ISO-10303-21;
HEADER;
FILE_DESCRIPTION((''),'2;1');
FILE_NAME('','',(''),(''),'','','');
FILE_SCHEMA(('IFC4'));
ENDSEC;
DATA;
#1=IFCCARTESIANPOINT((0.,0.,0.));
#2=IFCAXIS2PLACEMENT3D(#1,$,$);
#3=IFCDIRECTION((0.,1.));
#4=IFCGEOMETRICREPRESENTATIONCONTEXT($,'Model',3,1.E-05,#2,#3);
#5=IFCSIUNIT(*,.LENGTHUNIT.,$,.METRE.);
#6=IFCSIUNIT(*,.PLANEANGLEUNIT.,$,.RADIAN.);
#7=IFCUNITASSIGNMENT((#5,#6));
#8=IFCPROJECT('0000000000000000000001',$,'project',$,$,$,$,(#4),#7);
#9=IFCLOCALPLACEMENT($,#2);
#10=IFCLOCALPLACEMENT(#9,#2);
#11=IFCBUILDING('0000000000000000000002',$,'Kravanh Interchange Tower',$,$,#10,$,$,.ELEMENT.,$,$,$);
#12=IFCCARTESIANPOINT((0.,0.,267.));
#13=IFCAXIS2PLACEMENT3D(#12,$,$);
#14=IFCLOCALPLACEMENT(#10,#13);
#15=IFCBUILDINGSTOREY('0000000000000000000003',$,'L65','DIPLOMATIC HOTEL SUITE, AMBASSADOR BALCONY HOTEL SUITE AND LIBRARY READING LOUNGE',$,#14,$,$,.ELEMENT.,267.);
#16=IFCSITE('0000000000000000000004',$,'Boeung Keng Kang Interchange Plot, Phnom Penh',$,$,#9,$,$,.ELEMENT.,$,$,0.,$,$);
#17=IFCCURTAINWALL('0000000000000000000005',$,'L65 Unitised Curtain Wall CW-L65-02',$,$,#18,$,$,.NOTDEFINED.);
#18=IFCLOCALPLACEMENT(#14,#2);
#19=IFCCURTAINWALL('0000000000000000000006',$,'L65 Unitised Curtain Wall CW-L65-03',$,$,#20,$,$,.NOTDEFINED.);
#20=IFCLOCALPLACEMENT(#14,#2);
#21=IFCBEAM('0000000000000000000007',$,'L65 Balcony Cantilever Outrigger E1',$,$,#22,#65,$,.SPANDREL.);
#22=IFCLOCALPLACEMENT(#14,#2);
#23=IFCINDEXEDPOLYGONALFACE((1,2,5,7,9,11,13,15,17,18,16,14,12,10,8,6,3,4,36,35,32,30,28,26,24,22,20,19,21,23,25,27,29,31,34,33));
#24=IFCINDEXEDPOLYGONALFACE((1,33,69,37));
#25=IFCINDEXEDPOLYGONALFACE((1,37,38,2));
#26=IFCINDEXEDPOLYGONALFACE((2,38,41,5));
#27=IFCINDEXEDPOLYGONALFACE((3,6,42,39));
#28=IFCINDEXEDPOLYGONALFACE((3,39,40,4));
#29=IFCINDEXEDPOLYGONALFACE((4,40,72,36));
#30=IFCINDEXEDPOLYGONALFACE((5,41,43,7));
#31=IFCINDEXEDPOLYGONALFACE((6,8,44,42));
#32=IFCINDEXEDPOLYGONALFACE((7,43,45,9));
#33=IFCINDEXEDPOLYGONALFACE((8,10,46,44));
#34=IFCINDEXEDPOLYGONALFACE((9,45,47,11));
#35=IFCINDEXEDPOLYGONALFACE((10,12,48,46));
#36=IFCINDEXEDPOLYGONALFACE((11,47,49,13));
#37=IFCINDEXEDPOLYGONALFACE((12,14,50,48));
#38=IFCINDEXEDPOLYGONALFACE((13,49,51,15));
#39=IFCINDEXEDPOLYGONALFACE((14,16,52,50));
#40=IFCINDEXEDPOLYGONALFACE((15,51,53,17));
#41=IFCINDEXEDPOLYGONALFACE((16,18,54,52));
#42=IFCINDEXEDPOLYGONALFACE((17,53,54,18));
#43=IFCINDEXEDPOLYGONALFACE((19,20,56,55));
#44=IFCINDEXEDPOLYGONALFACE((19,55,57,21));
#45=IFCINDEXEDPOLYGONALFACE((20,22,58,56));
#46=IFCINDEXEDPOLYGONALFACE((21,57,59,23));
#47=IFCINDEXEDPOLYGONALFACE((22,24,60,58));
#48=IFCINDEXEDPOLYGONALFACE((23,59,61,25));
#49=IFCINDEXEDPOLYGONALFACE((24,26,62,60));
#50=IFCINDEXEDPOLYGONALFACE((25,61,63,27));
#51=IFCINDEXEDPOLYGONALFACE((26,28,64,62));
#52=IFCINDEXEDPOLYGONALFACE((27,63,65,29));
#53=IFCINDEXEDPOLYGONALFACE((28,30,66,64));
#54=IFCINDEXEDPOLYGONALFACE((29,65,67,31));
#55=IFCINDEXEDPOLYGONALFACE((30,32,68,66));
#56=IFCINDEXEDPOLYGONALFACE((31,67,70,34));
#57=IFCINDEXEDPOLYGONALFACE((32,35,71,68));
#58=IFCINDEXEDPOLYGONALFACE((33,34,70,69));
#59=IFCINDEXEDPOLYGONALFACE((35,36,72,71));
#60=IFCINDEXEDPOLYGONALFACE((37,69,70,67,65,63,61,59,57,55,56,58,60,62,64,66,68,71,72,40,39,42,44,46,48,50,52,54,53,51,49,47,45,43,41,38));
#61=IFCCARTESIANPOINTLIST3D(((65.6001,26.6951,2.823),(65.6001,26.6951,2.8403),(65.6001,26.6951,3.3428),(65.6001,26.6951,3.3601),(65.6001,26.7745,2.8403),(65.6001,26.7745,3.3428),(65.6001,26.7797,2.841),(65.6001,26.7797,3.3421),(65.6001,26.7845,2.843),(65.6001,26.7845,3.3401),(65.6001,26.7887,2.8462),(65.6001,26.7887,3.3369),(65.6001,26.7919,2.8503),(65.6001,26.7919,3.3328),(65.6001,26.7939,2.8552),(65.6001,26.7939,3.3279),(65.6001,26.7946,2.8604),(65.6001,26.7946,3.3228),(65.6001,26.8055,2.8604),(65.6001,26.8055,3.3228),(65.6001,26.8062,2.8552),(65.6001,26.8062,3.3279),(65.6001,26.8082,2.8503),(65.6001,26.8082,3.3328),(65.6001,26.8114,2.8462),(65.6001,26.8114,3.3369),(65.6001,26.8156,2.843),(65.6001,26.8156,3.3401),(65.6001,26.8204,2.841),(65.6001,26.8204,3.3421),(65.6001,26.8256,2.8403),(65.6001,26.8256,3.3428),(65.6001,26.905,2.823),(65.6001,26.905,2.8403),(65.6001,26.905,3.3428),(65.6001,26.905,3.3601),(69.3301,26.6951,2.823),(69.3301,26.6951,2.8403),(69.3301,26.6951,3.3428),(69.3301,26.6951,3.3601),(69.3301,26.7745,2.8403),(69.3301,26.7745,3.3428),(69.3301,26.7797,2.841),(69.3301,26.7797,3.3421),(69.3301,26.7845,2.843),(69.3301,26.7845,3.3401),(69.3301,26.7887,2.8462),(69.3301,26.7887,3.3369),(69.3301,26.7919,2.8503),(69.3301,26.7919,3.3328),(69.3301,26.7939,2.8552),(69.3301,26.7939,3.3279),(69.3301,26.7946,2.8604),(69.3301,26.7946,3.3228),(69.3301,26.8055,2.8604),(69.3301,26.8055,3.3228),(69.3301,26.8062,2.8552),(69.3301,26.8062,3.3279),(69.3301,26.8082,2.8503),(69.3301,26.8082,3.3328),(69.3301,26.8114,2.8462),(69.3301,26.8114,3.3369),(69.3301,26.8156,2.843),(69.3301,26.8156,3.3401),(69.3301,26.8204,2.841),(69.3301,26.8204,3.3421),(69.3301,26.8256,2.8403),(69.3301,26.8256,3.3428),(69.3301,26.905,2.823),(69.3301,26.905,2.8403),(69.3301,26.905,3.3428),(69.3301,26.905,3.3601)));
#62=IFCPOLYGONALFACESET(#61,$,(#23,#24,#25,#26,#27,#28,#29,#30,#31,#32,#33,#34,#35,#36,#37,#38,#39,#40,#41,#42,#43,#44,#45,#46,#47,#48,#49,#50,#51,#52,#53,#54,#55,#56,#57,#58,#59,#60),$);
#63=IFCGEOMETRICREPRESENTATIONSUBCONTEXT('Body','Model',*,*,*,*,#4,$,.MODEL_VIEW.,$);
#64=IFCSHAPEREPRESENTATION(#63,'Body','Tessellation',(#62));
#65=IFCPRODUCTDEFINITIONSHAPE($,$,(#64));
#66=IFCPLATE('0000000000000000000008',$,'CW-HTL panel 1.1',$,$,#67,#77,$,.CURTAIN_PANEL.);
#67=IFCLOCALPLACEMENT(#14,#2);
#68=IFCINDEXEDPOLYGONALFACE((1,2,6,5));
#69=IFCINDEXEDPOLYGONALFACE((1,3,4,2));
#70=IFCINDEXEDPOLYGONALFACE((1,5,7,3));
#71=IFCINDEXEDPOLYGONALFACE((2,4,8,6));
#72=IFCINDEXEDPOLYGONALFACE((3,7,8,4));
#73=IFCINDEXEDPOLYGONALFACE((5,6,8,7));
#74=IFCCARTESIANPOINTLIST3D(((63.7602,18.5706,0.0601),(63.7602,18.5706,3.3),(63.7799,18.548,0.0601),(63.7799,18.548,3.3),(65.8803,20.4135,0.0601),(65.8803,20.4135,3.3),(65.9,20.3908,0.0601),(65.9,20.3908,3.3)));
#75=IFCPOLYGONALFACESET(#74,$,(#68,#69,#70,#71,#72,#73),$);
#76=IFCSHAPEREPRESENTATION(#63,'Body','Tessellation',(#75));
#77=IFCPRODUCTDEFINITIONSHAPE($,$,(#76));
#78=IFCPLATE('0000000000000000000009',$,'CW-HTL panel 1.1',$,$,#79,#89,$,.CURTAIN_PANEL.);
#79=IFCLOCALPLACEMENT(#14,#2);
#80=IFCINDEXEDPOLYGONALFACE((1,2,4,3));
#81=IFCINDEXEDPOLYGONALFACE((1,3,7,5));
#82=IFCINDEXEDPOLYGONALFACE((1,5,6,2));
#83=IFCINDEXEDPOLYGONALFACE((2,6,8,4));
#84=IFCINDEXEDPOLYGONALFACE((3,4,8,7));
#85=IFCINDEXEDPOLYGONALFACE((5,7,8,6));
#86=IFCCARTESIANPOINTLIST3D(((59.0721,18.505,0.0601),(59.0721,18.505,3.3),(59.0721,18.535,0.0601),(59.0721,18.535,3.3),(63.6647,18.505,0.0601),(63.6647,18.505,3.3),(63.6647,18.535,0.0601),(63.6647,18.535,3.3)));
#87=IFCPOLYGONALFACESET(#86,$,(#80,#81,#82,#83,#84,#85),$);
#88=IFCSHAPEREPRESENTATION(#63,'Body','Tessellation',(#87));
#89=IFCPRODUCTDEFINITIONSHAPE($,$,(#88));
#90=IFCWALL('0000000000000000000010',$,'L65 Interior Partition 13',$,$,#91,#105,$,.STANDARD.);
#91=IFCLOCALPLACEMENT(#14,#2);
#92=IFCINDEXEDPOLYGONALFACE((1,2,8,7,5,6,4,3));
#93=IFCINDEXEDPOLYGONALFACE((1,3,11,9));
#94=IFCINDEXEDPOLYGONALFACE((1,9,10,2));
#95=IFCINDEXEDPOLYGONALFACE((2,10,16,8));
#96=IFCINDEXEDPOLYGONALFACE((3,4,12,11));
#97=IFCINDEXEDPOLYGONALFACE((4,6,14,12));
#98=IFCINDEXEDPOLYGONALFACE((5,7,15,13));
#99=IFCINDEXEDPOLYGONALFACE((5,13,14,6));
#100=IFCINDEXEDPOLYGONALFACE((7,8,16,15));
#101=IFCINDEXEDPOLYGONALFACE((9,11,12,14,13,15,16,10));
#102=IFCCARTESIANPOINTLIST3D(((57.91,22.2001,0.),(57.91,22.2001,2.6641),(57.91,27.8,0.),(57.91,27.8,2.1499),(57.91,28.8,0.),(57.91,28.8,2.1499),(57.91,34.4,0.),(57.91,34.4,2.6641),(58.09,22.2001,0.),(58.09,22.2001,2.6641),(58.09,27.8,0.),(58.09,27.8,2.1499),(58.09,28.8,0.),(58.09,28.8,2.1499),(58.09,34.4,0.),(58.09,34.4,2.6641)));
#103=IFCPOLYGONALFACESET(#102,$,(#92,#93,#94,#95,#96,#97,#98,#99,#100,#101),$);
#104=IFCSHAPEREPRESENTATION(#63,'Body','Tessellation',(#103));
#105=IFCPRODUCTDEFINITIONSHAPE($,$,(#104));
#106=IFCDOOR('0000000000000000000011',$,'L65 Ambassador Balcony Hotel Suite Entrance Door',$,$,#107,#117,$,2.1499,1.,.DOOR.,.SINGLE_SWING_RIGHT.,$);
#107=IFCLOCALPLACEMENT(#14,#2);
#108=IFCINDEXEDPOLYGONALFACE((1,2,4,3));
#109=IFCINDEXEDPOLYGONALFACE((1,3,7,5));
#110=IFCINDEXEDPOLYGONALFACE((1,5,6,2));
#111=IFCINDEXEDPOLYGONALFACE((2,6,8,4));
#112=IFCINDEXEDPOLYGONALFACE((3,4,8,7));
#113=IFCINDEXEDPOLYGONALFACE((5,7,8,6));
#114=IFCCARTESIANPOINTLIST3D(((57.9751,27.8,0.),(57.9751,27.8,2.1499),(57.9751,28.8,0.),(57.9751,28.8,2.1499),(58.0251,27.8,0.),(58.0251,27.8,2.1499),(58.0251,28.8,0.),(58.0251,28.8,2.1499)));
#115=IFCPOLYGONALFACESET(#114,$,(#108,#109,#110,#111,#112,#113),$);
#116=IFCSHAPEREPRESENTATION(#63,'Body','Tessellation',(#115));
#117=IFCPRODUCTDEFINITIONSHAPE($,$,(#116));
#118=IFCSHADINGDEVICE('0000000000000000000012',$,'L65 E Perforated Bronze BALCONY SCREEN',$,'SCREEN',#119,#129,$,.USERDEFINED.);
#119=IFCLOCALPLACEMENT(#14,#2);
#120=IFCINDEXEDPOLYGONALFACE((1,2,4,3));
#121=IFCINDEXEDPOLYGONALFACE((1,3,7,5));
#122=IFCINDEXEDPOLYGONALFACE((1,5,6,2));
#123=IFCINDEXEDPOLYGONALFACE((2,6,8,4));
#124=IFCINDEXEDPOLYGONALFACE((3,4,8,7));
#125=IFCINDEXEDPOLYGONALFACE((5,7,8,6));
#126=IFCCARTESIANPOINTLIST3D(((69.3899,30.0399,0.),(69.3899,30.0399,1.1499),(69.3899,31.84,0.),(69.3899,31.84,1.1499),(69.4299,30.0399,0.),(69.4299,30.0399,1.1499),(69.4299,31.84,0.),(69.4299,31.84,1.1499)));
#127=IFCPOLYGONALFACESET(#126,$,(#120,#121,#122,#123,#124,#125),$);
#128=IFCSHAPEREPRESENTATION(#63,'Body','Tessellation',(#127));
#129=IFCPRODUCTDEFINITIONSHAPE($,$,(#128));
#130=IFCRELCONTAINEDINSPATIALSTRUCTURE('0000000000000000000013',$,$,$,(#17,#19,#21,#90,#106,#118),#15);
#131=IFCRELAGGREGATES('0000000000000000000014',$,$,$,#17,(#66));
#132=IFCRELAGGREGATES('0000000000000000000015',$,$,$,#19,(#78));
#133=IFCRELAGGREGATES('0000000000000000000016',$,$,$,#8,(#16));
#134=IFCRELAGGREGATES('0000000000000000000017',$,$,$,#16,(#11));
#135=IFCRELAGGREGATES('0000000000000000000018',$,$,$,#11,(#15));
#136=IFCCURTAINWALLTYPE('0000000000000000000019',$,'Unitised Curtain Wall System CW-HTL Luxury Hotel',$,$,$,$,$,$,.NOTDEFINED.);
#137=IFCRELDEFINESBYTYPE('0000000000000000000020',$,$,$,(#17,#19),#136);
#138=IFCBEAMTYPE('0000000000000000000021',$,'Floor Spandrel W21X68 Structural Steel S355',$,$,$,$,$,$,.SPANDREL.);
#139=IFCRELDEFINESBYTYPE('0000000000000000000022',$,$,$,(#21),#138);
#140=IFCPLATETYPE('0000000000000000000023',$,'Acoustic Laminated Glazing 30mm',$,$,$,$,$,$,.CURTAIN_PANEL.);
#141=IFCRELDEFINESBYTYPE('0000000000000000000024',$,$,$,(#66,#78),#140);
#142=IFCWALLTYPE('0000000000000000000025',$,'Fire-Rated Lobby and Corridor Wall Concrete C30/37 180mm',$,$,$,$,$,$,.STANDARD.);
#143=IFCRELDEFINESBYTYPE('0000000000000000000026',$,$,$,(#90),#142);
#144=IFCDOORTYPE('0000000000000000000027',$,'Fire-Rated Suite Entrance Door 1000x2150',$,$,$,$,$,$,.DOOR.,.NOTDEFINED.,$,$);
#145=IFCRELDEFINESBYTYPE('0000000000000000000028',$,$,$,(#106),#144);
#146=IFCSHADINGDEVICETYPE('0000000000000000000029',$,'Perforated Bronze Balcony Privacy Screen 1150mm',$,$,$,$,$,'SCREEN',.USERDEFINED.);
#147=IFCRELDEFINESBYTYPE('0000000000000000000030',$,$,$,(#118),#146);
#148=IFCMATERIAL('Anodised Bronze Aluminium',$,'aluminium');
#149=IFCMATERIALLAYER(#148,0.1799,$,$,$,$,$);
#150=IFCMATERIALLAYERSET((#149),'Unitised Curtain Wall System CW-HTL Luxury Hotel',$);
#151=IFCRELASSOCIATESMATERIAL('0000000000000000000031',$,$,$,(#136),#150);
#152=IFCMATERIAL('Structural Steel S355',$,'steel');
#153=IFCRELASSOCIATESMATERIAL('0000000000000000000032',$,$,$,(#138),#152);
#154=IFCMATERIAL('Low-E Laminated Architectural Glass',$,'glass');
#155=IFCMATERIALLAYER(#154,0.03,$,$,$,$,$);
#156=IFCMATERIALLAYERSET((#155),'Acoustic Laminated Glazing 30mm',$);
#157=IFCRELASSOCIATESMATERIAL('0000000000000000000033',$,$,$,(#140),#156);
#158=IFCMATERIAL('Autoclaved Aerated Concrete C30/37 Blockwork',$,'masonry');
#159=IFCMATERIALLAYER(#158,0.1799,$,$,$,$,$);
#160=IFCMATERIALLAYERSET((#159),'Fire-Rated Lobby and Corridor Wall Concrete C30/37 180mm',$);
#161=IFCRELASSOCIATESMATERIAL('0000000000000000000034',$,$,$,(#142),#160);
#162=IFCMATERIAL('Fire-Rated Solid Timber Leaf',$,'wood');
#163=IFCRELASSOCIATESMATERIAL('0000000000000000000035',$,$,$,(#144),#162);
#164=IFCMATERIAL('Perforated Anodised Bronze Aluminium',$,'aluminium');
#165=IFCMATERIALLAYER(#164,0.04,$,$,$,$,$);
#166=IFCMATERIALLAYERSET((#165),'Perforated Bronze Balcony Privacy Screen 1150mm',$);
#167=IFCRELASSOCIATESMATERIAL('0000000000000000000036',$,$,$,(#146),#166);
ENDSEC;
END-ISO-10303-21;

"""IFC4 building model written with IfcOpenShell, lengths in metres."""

from ifc_helpers import new_model, si_unit, direction, frame, frame_2d, origin, origin_2d, place, context, subcontext, project, spatial, rectangle, i_section, extrude, material, layer, layer_set, material_profile, profile_set, type_object, element, fill, aggregate, save


model = new_model("IFC4")

# Units and contexts
model_context = context("Model", 3, precision=1e-05, world=origin(), true_north=direction((0.0, 1.0)))
body_context = subcontext(model_context, "Body", "Model", "MODEL_VIEW")
ifc_project = project(units=[si_unit("LENGTHUNIT", "METRE"), si_unit("PLANEANGLEUNIT", "RADIAN")], contexts=[model_context])

# Site, building, storey
site_placement = place(None, origin())
site = spatial("IfcSite", under=ifc_project, at=site_placement, Name="Boeung Keng Kang Interchange Plot, Phnom Penh", CompositionType="ELEMENT", RefElevation=0.0)
building_placement = place(site_placement, origin())
building = spatial("IfcBuilding", under=site, at=building_placement, Name="Kravanh Interchange Tower", CompositionType="ELEMENT")
storey_placement = place(building_placement, frame((0.0, 0.0, 267.0)))
storey = spatial("IfcBuildingStorey", under=building, at=storey_placement, Name="L65", Description="DIPLOMATIC HOTEL SUITE, AMBASSADOR BALCONY HOTEL SUITE AND LIBRARY READING LOUNGE", CompositionType="ELEMENT", Elevation=267.0)

# Curtain walls
ifc_material_1 = material(Name="Anodised Bronze Aluminium", Category="aluminium")
ifc_layer_1 = layer(ifc_material_1, 0.1799)
ifc_layer_set_1 = layer_set([ifc_layer_1], Name="Unitised Curtain Wall System CW-HTL Luxury Hotel")
curtain_wall_type = type_object("IfcCurtainWallType", Name="Unitised Curtain Wall System CW-HTL Luxury Hotel", PredefinedType="NOTDEFINED", material=ifc_layer_set_1)
curtain_wall_1_placement = place(storey_placement, origin())
curtain_wall_1 = element("IfcCurtainWall", 1, at=curtain_wall_1_placement, inside=storey, type_object=curtain_wall_type, Name="L65 Unitised Curtain Wall CW-L65-02", PredefinedType="NOTDEFINED")
curtain_wall_2_placement = place(storey_placement, origin())
curtain_wall_2 = element("IfcCurtainWall", 2, at=curtain_wall_2_placement, inside=storey, type_object=curtain_wall_type, Name="L65 Unitised Curtain Wall CW-L65-03", PredefinedType="NOTDEFINED")

# Beam
ifc_material_2 = material(Name="Structural Steel S355", Category="steel")
ifc_material_profile_1 = material_profile(ifc_material_2, i_section(OverallWidth=0.21, OverallDepth=0.5371, WebThickness=0.011, FlangeThickness=0.0173, FilletRadius=0.02, at=origin_2d()), Name="W21X68")
ifc_profile_set_1 = profile_set([ifc_material_profile_1], Name="Structural Steel S355")
beam_type_1 = type_object("IfcBeamType", Name="Floor Spandrel W21X68 Structural Steel S355", PredefinedType="SPANDREL", material=ifc_profile_set_1)
beam_1_placement = place(storey_placement, frame((65.6001, 26.8, 3.0916), z_axis=(1.0, 0.0, 0.0), x_axis=(0.0, 1.0, 0.0)))
element("IfcBeam", 3, at=beam_1_placement, inside=storey, type_object=beam_type_1, Name="L65 Balcony Cantilever Outrigger E1", PredefinedType="SPANDREL", context=body_context, shape_type="SweptSolid", body=[
    extrude(i_section(OverallWidth=0.21, OverallDepth=0.5371, WebThickness=0.011, FlangeThickness=0.0173, FilletRadius=0.02, at=origin_2d()), origin(), (0.0, 0.0, 1.0), 3.73),
])

# Plates
ifc_material_3 = material(Name="Low-E Laminated Architectural Glass", Category="glass")
ifc_layer_2 = layer(ifc_material_3, 0.03)
ifc_layer_set_2 = layer_set([ifc_layer_2], Name="Acoustic Laminated Glazing 30mm")
plate_type = type_object("IfcPlateType", Name="Acoustic Laminated Glazing 30mm", PredefinedType="CURTAIN_PANEL", material=ifc_layer_set_2)
plate_1_placement = place(storey_placement, frame((64.8301, 19.4807, 0.0601), z_axis=(0.0, 0.0, 1.0), x_axis=(-0.754732, -0.656033, 0.0)))
plate_1 = element("IfcPlate", 4, at=plate_1_placement, type_object=plate_type, Name="CW-HTL panel 1.1", PredefinedType="CURTAIN_PANEL", context=body_context, shape_type="SweptSolid", body=[
    extrude(rectangle(XDim=2.8091, YDim=0.03, at=origin_2d()), origin(), (0.0, 0.0, 1.0), 3.24),
])
aggregate(curtain_wall_1, [plate_1])
plate_2_placement = place(storey_placement, frame((61.3684, 18.52, 0.0601), z_axis=(0.0, 0.0, 1.0), x_axis=(-1.0, 0.0, 0.0)))
plate_2 = element("IfcPlate", 5, at=plate_2_placement, type_object=plate_type, Name="CW-HTL panel 1.1", PredefinedType="CURTAIN_PANEL", context=body_context, shape_type="SweptSolid", body=[
    extrude(rectangle(XDim=4.5925, YDim=0.03, at=origin_2d()), origin(), (0.0, 0.0, 1.0), 3.24),
])
aggregate(curtain_wall_2, [plate_2])

# Wall, opening, door
ifc_material_4 = material(Name="Autoclaved Aerated Concrete C30/37 Blockwork", Category="masonry")
ifc_layer_3 = layer(ifc_material_4, 0.1799)
ifc_layer_set_3 = layer_set([ifc_layer_3], Name="Fire-Rated Lobby and Corridor Wall Concrete C30/37 180mm")
wall_type = type_object("IfcWallType", Name="Fire-Rated Lobby and Corridor Wall Concrete C30/37 180mm", PredefinedType="STANDARD", material=ifc_layer_set_3)
wall_placement = place(storey_placement, frame((58.0, 22.2, 0.0), z_axis=(0.0, 0.0, 1.0), x_axis=(0.0, 1.0, 0.0)))
wall = element("IfcWall", 6, at=wall_placement, inside=storey, type_object=wall_type, Name="L65 Interior Partition 13", PredefinedType="STANDARD", context=body_context, shape_type="SweptSolid", body=[
    extrude(rectangle(XDim=12.2, YDim=0.1799, at=frame_2d((6.1001, 0.0))), origin(), (0.0, 0.0, 1.0), 2.6641),
])
opening_placement = place(wall_placement, frame((5.6001, 0.0, 0.0)))
opening = element("IfcOpeningElement", 7, at=opening_placement, cuts=wall, PredefinedType="OPENING", context=body_context, shape_type="SweptSolid", body=[
    extrude(rectangle(XDim=1.0, YDim=2.1499, at=frame_2d((0.5, 1.075))), frame((0.0, 0.1001, 0.0), z_axis=(0.0, -1.0, 0.0), x_axis=(1.0, 0.0, 0.0)), (0.0, 0.0, 1.0), 0.2),
])
ifc_material_5 = material(Name="Fire-Rated Solid Timber Leaf", Category="wood")
door_type = type_object("IfcDoorType", Name="Fire-Rated Suite Entrance Door 1000x2150", OperationType="NOTDEFINED", PredefinedType="DOOR", material=ifc_material_5)
door_placement = place(opening_placement, origin())
door = element("IfcDoor", 8, at=door_placement, inside=storey, type_object=door_type, Name="L65 Ambassador Balcony Hotel Suite Entrance Door", OperationType="SINGLE_SWING_RIGHT", OverallHeight=2.1499, OverallWidth=1.0, PredefinedType="DOOR", context=body_context, shape_type="SweptSolid", body=[
    extrude(rectangle(XDim=1.0, YDim=2.1499, at=frame_2d((0.5, 1.075))), frame((0.0, 0.0249, 0.0), z_axis=(0.0, -1.0, 0.0), x_axis=(1.0, 0.0, 0.0)), (0.0, 0.0, 1.0), 0.05),
])
fill(opening, door)

# Shading device
ifc_material_6 = material(Name="Perforated Anodised Bronze Aluminium", Category="aluminium")
ifc_layer_4 = layer(ifc_material_6, 0.04)
ifc_layer_set_4 = layer_set([ifc_layer_4], Name="Perforated Bronze Balcony Privacy Screen 1150mm")
shading_device_type_1 = type_object("IfcShadingDeviceType", Name="Perforated Bronze Balcony Privacy Screen 1150mm", ElementType="SCREEN", PredefinedType="USERDEFINED", material=ifc_layer_set_4)
shading_device_1_placement = place(storey_placement, frame((69.4099, 30.9399, 0.0), z_axis=(0.0, 0.0, 1.0), x_axis=(1.0, 0.0, 0.0)))
element("IfcShadingDevice", 9, at=shading_device_1_placement, inside=storey, type_object=shading_device_type_1, Name="L65 E Perforated Bronze BALCONY SCREEN", ObjectType="SCREEN", PredefinedType="USERDEFINED", context=body_context, shape_type="SweptSolid", body=[
    extrude(rectangle(XDim=0.04, YDim=1.8, at=origin_2d()), origin(), (0.0, 0.0, 1.0), 1.1499),
])

save(model, "model.ifc")
